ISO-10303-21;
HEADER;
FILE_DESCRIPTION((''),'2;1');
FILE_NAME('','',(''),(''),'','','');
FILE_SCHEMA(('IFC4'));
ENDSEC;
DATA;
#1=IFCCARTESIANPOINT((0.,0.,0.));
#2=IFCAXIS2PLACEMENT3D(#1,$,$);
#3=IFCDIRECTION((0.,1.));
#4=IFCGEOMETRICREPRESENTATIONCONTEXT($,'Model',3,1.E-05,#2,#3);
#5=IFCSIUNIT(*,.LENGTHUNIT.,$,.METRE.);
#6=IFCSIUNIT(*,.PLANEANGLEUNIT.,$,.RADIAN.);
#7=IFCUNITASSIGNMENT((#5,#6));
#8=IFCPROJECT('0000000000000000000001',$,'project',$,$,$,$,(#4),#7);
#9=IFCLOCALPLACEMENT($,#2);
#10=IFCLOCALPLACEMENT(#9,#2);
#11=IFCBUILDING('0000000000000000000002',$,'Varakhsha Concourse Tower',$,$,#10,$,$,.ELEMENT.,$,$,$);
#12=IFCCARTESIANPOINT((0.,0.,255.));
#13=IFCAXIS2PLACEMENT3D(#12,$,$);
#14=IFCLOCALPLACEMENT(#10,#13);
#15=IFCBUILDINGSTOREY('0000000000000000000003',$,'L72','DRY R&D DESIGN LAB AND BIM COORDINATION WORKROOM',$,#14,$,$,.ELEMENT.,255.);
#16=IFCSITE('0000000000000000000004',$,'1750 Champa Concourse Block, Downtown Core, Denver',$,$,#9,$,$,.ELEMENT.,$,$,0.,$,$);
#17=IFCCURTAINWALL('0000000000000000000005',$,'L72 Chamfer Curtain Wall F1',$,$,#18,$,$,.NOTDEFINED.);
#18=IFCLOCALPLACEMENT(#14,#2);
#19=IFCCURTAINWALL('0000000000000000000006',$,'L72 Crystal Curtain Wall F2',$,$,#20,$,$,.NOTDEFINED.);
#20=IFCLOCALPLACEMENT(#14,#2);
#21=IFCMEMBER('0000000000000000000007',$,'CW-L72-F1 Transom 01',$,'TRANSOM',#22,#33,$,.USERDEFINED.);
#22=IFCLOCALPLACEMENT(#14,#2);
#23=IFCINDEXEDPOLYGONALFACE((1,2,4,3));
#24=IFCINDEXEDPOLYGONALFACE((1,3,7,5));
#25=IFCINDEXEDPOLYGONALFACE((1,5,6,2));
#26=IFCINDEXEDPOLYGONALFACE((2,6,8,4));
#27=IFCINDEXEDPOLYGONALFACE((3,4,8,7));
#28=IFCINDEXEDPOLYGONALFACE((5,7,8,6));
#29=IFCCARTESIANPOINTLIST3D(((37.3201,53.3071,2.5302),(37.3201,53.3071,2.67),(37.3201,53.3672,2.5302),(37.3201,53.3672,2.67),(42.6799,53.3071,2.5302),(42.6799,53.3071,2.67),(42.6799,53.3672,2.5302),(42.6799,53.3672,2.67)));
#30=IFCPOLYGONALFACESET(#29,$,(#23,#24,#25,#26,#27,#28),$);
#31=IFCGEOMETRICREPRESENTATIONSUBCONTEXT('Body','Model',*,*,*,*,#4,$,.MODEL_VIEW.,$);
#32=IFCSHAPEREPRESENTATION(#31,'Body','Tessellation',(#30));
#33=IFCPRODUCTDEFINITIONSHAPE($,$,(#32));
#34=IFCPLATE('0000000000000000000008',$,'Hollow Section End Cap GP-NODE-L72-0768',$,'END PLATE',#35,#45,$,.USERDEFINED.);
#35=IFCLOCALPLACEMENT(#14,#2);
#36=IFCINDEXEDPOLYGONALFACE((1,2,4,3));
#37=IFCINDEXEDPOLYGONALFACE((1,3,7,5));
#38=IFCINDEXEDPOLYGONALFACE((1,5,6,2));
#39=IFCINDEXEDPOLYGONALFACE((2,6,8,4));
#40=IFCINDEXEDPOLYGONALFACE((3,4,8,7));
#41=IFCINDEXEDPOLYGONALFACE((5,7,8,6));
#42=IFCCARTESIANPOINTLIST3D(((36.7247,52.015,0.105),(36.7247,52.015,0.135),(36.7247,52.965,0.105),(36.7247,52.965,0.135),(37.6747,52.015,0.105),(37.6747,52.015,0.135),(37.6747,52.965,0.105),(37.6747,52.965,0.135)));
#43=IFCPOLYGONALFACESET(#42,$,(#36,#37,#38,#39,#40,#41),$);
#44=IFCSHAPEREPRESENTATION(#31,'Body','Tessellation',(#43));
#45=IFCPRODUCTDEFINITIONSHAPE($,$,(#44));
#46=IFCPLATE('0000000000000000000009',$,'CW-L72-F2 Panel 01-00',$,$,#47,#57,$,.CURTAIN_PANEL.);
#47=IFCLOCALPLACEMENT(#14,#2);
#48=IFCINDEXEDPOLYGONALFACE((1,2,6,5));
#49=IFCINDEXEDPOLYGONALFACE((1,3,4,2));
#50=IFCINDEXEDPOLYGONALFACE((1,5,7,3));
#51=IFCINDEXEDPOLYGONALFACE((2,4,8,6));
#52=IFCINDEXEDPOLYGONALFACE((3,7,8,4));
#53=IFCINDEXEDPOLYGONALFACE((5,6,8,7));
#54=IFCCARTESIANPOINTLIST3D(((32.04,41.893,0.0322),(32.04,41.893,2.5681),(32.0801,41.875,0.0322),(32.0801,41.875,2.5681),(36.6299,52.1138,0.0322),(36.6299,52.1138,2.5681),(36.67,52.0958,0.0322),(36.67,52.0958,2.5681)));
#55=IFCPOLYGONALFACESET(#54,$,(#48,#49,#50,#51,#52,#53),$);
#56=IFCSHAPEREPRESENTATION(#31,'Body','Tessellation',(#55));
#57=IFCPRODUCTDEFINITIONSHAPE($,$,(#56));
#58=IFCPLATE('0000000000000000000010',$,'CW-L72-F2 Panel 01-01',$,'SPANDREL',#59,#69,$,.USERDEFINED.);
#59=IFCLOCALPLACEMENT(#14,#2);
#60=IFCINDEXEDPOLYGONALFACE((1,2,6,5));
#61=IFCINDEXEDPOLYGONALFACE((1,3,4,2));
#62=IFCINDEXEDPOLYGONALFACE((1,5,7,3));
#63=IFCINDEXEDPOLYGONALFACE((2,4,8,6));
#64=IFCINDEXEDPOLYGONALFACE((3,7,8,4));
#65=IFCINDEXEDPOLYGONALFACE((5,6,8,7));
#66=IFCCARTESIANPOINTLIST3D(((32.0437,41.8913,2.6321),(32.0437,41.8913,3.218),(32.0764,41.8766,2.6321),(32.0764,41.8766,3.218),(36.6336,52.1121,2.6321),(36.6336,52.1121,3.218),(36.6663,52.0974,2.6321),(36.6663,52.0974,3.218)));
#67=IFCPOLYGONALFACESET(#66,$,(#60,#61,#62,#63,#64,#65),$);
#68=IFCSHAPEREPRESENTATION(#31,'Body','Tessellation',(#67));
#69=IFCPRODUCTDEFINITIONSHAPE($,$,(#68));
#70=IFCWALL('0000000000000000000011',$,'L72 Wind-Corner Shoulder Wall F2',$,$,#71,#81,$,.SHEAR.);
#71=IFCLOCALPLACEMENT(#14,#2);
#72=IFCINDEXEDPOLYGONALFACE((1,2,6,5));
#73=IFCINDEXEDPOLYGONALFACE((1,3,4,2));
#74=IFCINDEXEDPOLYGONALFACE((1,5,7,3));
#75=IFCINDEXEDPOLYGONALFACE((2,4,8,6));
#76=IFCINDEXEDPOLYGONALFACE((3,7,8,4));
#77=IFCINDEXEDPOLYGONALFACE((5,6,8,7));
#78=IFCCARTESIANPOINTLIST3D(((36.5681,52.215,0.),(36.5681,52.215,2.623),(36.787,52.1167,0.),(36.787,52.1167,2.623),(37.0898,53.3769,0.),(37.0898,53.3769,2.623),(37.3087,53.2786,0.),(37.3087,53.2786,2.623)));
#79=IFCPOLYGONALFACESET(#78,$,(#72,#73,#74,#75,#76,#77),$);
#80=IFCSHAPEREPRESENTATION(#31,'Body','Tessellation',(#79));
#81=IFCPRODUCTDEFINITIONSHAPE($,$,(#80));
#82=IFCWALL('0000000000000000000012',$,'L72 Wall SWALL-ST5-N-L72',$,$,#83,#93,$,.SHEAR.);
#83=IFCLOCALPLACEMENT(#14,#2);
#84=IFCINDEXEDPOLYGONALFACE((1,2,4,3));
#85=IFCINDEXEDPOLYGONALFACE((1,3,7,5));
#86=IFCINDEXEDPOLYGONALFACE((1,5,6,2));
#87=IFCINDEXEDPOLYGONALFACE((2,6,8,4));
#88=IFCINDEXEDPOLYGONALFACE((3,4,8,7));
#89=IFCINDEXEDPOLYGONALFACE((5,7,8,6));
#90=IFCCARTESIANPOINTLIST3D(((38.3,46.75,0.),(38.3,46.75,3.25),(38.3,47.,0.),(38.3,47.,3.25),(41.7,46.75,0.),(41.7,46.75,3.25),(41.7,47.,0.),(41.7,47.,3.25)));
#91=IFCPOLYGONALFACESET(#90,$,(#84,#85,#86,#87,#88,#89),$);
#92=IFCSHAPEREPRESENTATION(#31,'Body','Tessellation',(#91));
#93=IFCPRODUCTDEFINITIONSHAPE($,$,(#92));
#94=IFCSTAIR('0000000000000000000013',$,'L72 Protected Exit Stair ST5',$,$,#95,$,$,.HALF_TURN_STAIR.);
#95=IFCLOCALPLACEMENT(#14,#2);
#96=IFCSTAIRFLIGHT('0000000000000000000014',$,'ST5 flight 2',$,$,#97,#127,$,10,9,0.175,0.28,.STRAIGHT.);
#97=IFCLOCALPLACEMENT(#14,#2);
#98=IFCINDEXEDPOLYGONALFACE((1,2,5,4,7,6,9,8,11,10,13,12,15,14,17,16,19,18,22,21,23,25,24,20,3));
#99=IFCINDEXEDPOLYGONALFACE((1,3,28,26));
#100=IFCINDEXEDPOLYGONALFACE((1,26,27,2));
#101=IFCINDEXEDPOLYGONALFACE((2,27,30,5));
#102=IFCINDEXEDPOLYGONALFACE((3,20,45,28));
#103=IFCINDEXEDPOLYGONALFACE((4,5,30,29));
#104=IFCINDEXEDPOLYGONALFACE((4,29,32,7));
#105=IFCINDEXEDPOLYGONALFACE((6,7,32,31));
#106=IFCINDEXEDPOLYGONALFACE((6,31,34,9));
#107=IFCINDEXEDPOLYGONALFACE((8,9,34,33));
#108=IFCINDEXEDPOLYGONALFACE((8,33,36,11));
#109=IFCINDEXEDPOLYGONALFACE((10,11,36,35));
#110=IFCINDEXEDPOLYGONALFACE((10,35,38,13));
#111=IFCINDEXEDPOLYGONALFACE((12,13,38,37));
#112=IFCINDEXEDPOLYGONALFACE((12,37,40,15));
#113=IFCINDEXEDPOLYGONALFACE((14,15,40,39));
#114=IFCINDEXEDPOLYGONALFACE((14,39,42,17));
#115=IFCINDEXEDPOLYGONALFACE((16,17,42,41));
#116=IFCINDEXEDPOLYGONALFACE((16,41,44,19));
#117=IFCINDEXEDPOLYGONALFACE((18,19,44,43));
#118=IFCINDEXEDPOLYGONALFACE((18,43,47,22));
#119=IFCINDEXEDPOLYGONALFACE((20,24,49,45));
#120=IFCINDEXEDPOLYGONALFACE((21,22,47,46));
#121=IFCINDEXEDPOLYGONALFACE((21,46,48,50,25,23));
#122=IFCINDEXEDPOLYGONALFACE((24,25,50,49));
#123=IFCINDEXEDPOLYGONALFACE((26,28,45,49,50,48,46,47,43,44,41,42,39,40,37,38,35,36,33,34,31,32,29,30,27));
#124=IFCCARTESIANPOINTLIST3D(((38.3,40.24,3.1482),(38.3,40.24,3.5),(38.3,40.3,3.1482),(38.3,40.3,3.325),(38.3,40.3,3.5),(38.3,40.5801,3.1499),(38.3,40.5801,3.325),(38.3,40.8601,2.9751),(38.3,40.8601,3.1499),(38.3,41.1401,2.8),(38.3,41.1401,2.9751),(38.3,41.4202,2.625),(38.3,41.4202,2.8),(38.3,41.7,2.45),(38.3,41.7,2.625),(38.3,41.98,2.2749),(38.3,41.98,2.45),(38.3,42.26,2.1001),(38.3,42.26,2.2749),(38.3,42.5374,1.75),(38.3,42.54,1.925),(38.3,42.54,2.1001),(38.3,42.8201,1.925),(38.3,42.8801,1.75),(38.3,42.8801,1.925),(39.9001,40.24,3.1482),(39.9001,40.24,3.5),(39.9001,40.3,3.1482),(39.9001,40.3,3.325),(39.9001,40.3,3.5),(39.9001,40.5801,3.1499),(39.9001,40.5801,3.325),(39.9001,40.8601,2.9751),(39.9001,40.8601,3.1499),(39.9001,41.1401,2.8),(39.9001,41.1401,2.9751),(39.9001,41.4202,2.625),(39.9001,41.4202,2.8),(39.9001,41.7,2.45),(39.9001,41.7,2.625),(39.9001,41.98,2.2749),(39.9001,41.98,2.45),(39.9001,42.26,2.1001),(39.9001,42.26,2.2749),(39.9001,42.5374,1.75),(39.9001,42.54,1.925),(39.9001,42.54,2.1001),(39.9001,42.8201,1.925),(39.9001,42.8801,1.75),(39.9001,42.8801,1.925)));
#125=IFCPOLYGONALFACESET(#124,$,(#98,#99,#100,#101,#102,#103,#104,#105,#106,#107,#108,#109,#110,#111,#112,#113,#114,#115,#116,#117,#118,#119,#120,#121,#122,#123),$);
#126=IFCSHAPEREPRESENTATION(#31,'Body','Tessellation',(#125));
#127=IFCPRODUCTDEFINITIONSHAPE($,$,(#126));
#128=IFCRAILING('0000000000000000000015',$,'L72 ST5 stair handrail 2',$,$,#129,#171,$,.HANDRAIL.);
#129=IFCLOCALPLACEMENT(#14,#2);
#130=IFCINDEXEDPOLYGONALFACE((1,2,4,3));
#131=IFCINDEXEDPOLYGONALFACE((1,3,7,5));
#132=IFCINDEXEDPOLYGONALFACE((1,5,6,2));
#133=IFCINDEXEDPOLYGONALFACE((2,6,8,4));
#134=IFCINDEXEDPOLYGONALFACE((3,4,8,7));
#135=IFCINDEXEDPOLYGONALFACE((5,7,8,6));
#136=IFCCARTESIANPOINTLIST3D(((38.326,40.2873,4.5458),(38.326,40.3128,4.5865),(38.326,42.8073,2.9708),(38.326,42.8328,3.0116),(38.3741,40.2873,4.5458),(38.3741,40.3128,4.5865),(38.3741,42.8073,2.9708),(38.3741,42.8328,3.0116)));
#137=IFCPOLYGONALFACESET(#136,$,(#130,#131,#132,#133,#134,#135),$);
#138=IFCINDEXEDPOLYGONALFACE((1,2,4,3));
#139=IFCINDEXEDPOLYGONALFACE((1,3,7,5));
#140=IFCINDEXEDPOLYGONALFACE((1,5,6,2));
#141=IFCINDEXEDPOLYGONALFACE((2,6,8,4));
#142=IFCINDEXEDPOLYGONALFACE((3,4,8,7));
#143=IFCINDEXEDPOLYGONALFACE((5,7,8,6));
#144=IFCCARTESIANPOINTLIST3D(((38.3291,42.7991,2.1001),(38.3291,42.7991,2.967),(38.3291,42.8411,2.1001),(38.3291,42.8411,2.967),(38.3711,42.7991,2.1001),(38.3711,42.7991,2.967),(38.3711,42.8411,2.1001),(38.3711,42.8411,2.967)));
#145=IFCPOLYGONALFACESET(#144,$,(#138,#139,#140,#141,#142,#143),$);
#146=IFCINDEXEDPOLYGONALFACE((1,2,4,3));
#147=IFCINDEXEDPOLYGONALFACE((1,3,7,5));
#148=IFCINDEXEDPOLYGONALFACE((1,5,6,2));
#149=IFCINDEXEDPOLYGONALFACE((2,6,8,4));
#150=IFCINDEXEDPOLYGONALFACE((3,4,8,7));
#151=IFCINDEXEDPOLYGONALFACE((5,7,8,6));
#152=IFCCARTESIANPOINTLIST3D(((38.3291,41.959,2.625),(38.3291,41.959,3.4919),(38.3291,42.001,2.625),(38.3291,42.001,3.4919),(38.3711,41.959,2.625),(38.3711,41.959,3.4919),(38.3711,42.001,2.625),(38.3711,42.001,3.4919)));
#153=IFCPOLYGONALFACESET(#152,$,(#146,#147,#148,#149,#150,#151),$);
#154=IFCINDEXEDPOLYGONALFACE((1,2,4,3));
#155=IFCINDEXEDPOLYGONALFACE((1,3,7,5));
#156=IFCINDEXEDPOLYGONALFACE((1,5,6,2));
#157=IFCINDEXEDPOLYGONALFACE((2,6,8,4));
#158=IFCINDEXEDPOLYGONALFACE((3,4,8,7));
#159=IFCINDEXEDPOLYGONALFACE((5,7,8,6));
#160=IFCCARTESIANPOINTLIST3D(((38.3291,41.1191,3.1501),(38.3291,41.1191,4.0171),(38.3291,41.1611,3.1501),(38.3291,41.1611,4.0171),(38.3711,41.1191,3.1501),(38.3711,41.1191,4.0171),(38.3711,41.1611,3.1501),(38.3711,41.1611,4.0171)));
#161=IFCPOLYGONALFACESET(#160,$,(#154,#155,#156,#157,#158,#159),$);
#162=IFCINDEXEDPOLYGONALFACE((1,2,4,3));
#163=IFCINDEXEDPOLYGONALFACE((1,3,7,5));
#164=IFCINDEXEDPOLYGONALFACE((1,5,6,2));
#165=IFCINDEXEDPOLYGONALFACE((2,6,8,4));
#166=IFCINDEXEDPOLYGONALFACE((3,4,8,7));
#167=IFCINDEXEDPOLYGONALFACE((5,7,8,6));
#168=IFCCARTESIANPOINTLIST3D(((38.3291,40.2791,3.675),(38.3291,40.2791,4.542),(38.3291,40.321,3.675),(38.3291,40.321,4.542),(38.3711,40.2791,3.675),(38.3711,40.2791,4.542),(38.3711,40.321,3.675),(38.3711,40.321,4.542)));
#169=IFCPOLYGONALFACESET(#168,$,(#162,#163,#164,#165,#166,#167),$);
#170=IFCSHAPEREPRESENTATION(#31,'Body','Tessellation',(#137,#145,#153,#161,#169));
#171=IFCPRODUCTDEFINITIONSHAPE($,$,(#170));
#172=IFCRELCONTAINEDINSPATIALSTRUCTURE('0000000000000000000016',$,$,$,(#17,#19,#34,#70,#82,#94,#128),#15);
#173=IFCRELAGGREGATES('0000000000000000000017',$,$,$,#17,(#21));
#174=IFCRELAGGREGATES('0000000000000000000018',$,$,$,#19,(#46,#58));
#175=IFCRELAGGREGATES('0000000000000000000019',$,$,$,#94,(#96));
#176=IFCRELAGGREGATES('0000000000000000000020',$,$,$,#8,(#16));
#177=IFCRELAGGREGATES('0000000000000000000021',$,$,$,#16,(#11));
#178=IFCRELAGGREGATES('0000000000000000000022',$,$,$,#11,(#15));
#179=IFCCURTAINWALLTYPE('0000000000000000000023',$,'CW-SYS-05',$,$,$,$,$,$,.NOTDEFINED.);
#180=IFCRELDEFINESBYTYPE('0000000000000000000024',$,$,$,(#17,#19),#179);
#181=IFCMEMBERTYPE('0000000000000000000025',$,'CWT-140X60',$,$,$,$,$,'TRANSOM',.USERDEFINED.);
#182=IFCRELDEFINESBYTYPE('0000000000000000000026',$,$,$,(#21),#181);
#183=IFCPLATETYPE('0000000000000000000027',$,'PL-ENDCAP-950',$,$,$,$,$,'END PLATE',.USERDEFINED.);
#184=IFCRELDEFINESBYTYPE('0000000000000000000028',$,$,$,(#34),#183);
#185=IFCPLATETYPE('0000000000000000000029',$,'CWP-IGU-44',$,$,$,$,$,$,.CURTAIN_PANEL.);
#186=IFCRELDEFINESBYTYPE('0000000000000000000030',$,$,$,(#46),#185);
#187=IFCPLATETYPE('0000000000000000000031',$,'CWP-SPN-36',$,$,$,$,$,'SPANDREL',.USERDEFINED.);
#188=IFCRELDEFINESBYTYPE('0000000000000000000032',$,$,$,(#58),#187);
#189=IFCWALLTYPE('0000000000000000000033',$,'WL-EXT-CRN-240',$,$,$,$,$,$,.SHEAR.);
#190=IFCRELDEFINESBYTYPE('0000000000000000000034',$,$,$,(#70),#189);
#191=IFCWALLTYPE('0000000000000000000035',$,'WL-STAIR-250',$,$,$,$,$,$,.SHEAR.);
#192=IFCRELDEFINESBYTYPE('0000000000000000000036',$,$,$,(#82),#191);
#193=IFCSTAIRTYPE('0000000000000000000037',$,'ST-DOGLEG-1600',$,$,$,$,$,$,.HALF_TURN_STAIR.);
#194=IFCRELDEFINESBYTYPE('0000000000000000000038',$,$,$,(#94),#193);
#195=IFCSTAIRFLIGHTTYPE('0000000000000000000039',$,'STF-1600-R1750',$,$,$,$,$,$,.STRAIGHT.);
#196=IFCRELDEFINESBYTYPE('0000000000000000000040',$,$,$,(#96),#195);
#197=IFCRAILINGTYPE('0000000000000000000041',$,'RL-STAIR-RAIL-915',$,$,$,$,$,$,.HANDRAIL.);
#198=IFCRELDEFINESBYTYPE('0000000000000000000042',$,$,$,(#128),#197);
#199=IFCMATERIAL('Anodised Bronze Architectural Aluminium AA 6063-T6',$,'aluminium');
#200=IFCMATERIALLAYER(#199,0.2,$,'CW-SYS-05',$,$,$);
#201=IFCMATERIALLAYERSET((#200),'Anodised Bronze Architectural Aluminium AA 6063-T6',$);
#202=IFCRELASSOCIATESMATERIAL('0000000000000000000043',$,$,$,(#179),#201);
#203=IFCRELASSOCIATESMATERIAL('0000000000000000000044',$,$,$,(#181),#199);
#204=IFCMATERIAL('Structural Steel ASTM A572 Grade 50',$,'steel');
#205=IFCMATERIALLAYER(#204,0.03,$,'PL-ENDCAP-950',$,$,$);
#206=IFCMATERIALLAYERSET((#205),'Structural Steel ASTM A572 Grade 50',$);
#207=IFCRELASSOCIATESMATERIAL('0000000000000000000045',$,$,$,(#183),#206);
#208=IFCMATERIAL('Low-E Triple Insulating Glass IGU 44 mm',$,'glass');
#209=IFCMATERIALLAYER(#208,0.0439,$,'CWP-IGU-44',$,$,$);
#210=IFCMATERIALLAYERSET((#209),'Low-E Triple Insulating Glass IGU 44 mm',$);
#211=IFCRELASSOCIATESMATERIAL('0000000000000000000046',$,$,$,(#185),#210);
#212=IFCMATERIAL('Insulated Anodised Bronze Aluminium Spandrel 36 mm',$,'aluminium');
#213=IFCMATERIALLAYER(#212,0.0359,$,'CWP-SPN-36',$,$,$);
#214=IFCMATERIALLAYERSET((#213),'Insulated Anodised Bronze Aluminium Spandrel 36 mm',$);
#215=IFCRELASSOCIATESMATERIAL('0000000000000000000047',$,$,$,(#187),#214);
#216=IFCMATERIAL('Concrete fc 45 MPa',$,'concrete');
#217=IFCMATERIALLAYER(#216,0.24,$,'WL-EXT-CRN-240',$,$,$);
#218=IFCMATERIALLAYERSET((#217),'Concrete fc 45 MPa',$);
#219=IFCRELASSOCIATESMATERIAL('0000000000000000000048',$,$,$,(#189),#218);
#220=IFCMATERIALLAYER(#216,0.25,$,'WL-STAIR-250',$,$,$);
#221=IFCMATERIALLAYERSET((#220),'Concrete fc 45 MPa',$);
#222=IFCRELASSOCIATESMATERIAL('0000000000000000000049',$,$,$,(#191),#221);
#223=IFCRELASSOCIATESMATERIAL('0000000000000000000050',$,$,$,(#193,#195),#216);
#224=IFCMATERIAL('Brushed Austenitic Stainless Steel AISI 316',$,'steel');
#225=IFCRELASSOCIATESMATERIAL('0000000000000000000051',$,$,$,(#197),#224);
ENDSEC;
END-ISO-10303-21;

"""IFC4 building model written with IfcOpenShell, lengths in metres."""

from ifc_helpers import new_model, si_unit, direction, frame, frame_2d, origin, origin_2d, place, context, subcontext, project, spatial, polyline, rectangle, outline, extrude, source, transform, mapped, material, layer, layer_set, material_profile, profile_set, type_object, type_shapes, element, aggregate, save


model = new_model("IFC4")

# Units and contexts
model_context = context("Model", 3, precision=1e-05, world=origin(), true_north=direction((0.0, 1.0)))
body_context = subcontext(model_context, "Body", "Model", "MODEL_VIEW")
ifc_project = project(units=[si_unit("LENGTHUNIT", "METRE"), si_unit("PLANEANGLEUNIT", "RADIAN")], contexts=[model_context])

# Site, building, storey
site_placement = place(None, origin())
site = spatial("IfcSite", under=ifc_project, at=site_placement, Name="1750 Champa Concourse Block, Downtown Core, Denver", CompositionType="ELEMENT", RefElevation=0.0)
building_placement = place(site_placement, origin())
building = spatial("IfcBuilding", under=site, at=building_placement, Name="Varakhsha Concourse Tower", CompositionType="ELEMENT")
storey_placement = place(building_placement, frame((0.0, 0.0, 255.0)))
storey = spatial("IfcBuildingStorey", under=building, at=storey_placement, Name="L72", Description="DRY R&D DESIGN LAB AND BIM COORDINATION WORKROOM", CompositionType="ELEMENT", Elevation=255.0)

# Shared definitions
ifc_material_1 = material(Name="Structural Steel ASTM A572 Grade 50", Category="steel")

# Curtain wall
ifc_material_2 = material(Name="Anodised Bronze Architectural Aluminium AA 6063-T6", Category="aluminium")
ifc_layer_1 = layer(ifc_material_2, 0.2, Name="CW-SYS-05")
ifc_layer_set_1 = layer_set([ifc_layer_1], Name="Anodised Bronze Architectural Aluminium AA 6063-T6")
curtain_wall_type = type_object("IfcCurtainWallType", Name="CW-SYS-05", PredefinedType="NOTDEFINED", material=ifc_layer_set_1)
curtain_wall_1_placement = place(storey_placement, origin())
curtain_wall_1 = element("IfcCurtainWall", 1, at=curtain_wall_1_placement, inside=storey, type_object=curtain_wall_type, Name="L72 Chamfer Curtain Wall F1", PredefinedType="NOTDEFINED")

# Curtain wall
curtain_wall_2_placement = place(storey_placement, origin())
curtain_wall_2 = element("IfcCurtainWall", 2, at=curtain_wall_2_placement, inside=storey, type_object=curtain_wall_type, Name="L72 Crystal Curtain Wall F2", PredefinedType="NOTDEFINED")

# Member
ifc_material_profile_1 = material_profile(ifc_material_2, rectangle(XDim=0.0601, YDim=0.1399, at=origin_2d()), Name="CWT-140X60")
ifc_profile_set_1 = profile_set([ifc_material_profile_1], Name="Anodised Bronze Architectural Aluminium AA 6063-T6")
member_type_1 = type_object("IfcMemberType", Name="CWT-140X60", ElementType="TRANSOM", PredefinedType="USERDEFINED", material=ifc_profile_set_1)
shared_shape_1 = source(origin(), body_context, "Body", "SweptSolid", [
    extrude(rectangle(XDim=0.0601, YDim=0.1399, at=origin_2d()), origin(), (0.0, 0.0, 1.0), 5.3599),
])
type_shapes(member_type_1, [shared_shape_1])
member_1_placement = place(storey_placement, frame((37.3201, 53.3372, 2.6001), z_axis=(1.0, 0.0, 0.0), x_axis=(0.0, 1.0, 0.0)))
member_1 = element("IfcMember", 3, at=member_1_placement, type_object=member_type_1, Name="CW-L72-F1 Transom 01", ObjectType="TRANSOM", PredefinedType="USERDEFINED", context=body_context, shape_type="MappedRepresentation", body=[
    mapped(shared_shape_1, transform((0.0, 0.0, 0.0), scale=1.0)),
])
aggregate(curtain_wall_1, [member_1])

# Plates
ifc_layer_2 = layer(ifc_material_1, 0.03, Name="PL-ENDCAP-950")
ifc_layer_set_2 = layer_set([ifc_layer_2], Name="Structural Steel ASTM A572 Grade 50")
plate_type_1 = type_object("IfcPlateType", Name="PL-ENDCAP-950", ElementType="END PLATE", PredefinedType="USERDEFINED", material=ifc_layer_set_2)
shared_shape_2 = source(origin(), body_context, "Body", "SweptSolid", [
    extrude(rectangle(XDim=0.95, YDim=0.95, at=origin_2d()), origin(), (0.0, 0.0, 1.0), 0.03),
])
type_shapes(plate_type_1, [shared_shape_2])
plate_1_placement = place(storey_placement, frame((37.1997, 52.49, 0.105), z_axis=(0.0, 0.0, 1.0), x_axis=(1.0, 0.0, 0.0)))
element("IfcPlate", 4, at=plate_1_placement, inside=storey, type_object=plate_type_1, Name="Hollow Section End Cap GP-NODE-L72-0768", ObjectType="END PLATE", PredefinedType="USERDEFINED", context=body_context, shape_type="MappedRepresentation", body=[
    mapped(shared_shape_2, transform((0.0, 0.0, 0.0), scale=1.0)),
])
ifc_material_3 = material(Name="Low-E Triple Insulating Glass IGU 44 mm", Category="glass")
ifc_layer_3 = layer(ifc_material_3, 0.0439, Name="CWP-IGU-44")
ifc_layer_set_3 = layer_set([ifc_layer_3], Name="Low-E Triple Insulating Glass IGU 44 mm")
plate_type_2 = type_object("IfcPlateType", Name="CWP-IGU-44", PredefinedType="CURTAIN_PANEL", material=ifc_layer_set_3)
shared_shape_3 = source(origin(), body_context, "Body", "SweptSolid", [
    extrude(rectangle(XDim=11.2041, YDim=0.0439, at=origin_2d()), origin(), (0.0, 0.0, 1.0), 2.5359),
])
type_shapes(plate_type_2, [shared_shape_3])
plate_2_placement = place(storey_placement, frame((34.355, 46.9944, 0.0322), z_axis=(0.0, 0.0, 1.0), x_axis=(0.409662, 0.912237, 0.0)))
plate_2 = element("IfcPlate", 5, at=plate_2_placement, type_object=plate_type_2, Name="CW-L72-F2 Panel 01-00", PredefinedType="CURTAIN_PANEL", context=body_context, shape_type="MappedRepresentation", body=[
    mapped(shared_shape_3, transform((0.0, 0.0, 0.0), scale=1.0)),
])
ifc_material_4 = material(Name="Insulated Anodised Bronze Aluminium Spandrel 36 mm", Category="aluminium")
ifc_layer_4 = layer(ifc_material_4, 0.0359, Name="CWP-SPN-36")
ifc_layer_set_4 = layer_set([ifc_layer_4], Name="Insulated Anodised Bronze Aluminium Spandrel 36 mm")
plate_type_3 = type_object("IfcPlateType", Name="CWP-SPN-36", ElementType="SPANDREL", PredefinedType="USERDEFINED", material=ifc_layer_set_4)
shared_shape_4 = source(origin(), body_context, "Body", "SweptSolid", [
    extrude(rectangle(XDim=11.2041, YDim=0.0359, at=origin_2d()), origin(), (0.0, 0.0, 1.0), 0.5859),
])
type_shapes(plate_type_3, [shared_shape_4])
plate_3_placement = place(storey_placement, frame((34.355, 46.9944, 2.6321), z_axis=(0.0, 0.0, 1.0), x_axis=(0.409662, 0.912237, 0.0)))
plate_3 = element("IfcPlate", 6, at=plate_3_placement, type_object=plate_type_3, Name="CW-L72-F2 Panel 01-01", ObjectType="SPANDREL", PredefinedType="USERDEFINED", context=body_context, shape_type="MappedRepresentation", body=[
    mapped(shared_shape_4, transform((0.0, 0.0, 0.0), scale=1.0)),
])
aggregate(curtain_wall_2, [plate_2, plate_3])

# Walls
ifc_material_5 = material(Name="Concrete fc 45 MPa", Category="concrete")
ifc_layer_5 = layer(ifc_material_5, 0.24, Name="WL-EXT-CRN-240")
ifc_layer_set_5 = layer_set([ifc_layer_5], Name="Concrete fc 45 MPa")
wall_type_1 = type_object("IfcWallType", Name="WL-EXT-CRN-240", PredefinedType="SHEAR", material=ifc_layer_set_5)
wall_1_placement = place(storey_placement, frame((37.1992, 53.3276, 0.0), z_axis=(0.0, 0.0, 1.0), x_axis=(-0.409639, -0.912248, 0.0)))
element("IfcWall", 7, at=wall_1_placement, inside=storey, type_object=wall_type_1, Name="L72 Wind-Corner Shoulder Wall F2", PredefinedType="SHEAR", context=body_context, shape_type="SweptSolid", body=[
    extrude(rectangle(XDim=1.2737, YDim=0.24, at=frame_2d((0.6367, 0.0))), origin(), (0.0, 0.0, 1.0), 2.623),
])
ifc_layer_6 = layer(ifc_material_5, 0.25, Name="WL-STAIR-250")
ifc_layer_set_6 = layer_set([ifc_layer_6], Name="Concrete fc 45 MPa")
wall_type_2 = type_object("IfcWallType", Name="WL-STAIR-250", PredefinedType="SHEAR", material=ifc_layer_set_6)
wall_2_placement = place(storey_placement, frame((38.3, 46.875, 0.0), z_axis=(0.0, 0.0, 1.0), x_axis=(1.0, 0.0, 0.0)))
element("IfcWall", 8, at=wall_2_placement, inside=storey, type_object=wall_type_2, Name="L72 Wall SWALL-ST5-N-L72", PredefinedType="SHEAR", context=body_context, shape_type="SweptSolid", body=[
    extrude(rectangle(XDim=3.3999, YDim=0.25, at=frame_2d((1.7, 0.0))), origin(), (0.0, 0.0, 1.0), 3.25),
])

# Stair, stair flight
stair_type = type_object("IfcStairType", Name="ST-DOGLEG-1600", PredefinedType="HALF_TURN_STAIR", material=ifc_material_5)
stair_placement = place(storey_placement, origin())
stair = element("IfcStair", 9, at=stair_placement, inside=storey, type_object=stair_type, Name="L72 Protected Exit Stair ST5", PredefinedType="HALF_TURN_STAIR")
stair_flight_type = type_object("IfcStairFlightType", Name="STF-1600-R1750", PredefinedType="STRAIGHT", material=ifc_material_5)
stair_flight_placement = place(storey_placement, frame((39.1001, 42.8201, 1.75), z_axis=(0.0, 0.0, 1.0), x_axis=(0.0, -1.0, 0.0)))
stair_flight = element("IfcStairFlight", 10, at=stair_flight_placement, type_object=stair_flight_type, Name="ST5 flight 2", NumberOfRisers=10, NumberOfTreads=9, PredefinedType="STRAIGHT", RiserHeight=0.175, TreadLength=0.28, context=body_context, shape_type="SweptSolid", body=[
    extrude(outline(polyline([(-0.0601, 0.0), (-0.0601, 0.175), (0.0, 0.175), (0.28, 0.175), (0.28, 0.3501), (0.5601, 0.3501), (0.5601, 0.5249), (0.8401, 0.5249), (0.8401, 0.7), (1.1201, 0.7), (1.1201, 0.875), (1.3999, 0.875), (1.3999, 1.05), (1.6799, 1.05), (1.6799, 1.2251), (1.96, 1.2251), (1.96, 1.3999), (2.24, 1.3999), (2.24, 1.575), (2.52, 1.575), (2.52, 1.75), (2.5801, 1.75), (2.5801, 1.3982), (2.52, 1.3982), (0.2827, 0.0), (-0.0601, 0.0)])), frame((0.0, 0.8, 0.0), z_axis=(0.0, -1.0, 0.0), x_axis=(1.0, 0.0, 0.0)), (0.0, 0.0, 1.0), 1.6001),
])
aggregate(stair, [stair_flight])

# Railing
ifc_material_6 = material(Name="Brushed Austenitic Stainless Steel AISI 316", Category="steel")
railing_type = type_object("IfcRailingType", Name="RL-STAIR-RAIL-915", PredefinedType="HANDRAIL", material=ifc_material_6)
railing_placement = place(storey_placement, frame((38.3501, 42.8201, 2.1001)))
element("IfcRailing", 11, at=railing_placement, inside=storey, type_object=railing_type, Name="L72 ST5 stair handrail 2", PredefinedType="HANDRAIL", context=body_context, shape_type="SweptSolid", body=[
    extrude(rectangle(XDim=0.0481, YDim=0.0481, at=origin_2d()), frame((0.0, 0.0, 0.8911), z_axis=(0.0, -0.848008, 0.529984), x_axis=(1.0, 0.0, 0.0)), (0.0, 0.0, 1.0), 2.9717),
    extrude(rectangle(XDim=0.042, YDim=0.042, at=origin_2d()), origin(), (0.0, 0.0, 1.0), 0.8669),
    extrude(rectangle(XDim=0.042, YDim=0.042, at=origin_2d()), frame((0.0, -0.8401, 0.5249)), (0.0, 0.0, 1.0), 0.8669),
    extrude(rectangle(XDim=0.042, YDim=0.042, at=origin_2d()), frame((0.0, -1.6799, 1.05)), (0.0, 0.0, 1.0), 0.8669),
    extrude(rectangle(XDim=0.042, YDim=0.042, at=origin_2d()), frame((0.0, -2.52, 1.575)), (0.0, 0.0, 1.0), 0.8669),
])

save(model, "model.ifc")
